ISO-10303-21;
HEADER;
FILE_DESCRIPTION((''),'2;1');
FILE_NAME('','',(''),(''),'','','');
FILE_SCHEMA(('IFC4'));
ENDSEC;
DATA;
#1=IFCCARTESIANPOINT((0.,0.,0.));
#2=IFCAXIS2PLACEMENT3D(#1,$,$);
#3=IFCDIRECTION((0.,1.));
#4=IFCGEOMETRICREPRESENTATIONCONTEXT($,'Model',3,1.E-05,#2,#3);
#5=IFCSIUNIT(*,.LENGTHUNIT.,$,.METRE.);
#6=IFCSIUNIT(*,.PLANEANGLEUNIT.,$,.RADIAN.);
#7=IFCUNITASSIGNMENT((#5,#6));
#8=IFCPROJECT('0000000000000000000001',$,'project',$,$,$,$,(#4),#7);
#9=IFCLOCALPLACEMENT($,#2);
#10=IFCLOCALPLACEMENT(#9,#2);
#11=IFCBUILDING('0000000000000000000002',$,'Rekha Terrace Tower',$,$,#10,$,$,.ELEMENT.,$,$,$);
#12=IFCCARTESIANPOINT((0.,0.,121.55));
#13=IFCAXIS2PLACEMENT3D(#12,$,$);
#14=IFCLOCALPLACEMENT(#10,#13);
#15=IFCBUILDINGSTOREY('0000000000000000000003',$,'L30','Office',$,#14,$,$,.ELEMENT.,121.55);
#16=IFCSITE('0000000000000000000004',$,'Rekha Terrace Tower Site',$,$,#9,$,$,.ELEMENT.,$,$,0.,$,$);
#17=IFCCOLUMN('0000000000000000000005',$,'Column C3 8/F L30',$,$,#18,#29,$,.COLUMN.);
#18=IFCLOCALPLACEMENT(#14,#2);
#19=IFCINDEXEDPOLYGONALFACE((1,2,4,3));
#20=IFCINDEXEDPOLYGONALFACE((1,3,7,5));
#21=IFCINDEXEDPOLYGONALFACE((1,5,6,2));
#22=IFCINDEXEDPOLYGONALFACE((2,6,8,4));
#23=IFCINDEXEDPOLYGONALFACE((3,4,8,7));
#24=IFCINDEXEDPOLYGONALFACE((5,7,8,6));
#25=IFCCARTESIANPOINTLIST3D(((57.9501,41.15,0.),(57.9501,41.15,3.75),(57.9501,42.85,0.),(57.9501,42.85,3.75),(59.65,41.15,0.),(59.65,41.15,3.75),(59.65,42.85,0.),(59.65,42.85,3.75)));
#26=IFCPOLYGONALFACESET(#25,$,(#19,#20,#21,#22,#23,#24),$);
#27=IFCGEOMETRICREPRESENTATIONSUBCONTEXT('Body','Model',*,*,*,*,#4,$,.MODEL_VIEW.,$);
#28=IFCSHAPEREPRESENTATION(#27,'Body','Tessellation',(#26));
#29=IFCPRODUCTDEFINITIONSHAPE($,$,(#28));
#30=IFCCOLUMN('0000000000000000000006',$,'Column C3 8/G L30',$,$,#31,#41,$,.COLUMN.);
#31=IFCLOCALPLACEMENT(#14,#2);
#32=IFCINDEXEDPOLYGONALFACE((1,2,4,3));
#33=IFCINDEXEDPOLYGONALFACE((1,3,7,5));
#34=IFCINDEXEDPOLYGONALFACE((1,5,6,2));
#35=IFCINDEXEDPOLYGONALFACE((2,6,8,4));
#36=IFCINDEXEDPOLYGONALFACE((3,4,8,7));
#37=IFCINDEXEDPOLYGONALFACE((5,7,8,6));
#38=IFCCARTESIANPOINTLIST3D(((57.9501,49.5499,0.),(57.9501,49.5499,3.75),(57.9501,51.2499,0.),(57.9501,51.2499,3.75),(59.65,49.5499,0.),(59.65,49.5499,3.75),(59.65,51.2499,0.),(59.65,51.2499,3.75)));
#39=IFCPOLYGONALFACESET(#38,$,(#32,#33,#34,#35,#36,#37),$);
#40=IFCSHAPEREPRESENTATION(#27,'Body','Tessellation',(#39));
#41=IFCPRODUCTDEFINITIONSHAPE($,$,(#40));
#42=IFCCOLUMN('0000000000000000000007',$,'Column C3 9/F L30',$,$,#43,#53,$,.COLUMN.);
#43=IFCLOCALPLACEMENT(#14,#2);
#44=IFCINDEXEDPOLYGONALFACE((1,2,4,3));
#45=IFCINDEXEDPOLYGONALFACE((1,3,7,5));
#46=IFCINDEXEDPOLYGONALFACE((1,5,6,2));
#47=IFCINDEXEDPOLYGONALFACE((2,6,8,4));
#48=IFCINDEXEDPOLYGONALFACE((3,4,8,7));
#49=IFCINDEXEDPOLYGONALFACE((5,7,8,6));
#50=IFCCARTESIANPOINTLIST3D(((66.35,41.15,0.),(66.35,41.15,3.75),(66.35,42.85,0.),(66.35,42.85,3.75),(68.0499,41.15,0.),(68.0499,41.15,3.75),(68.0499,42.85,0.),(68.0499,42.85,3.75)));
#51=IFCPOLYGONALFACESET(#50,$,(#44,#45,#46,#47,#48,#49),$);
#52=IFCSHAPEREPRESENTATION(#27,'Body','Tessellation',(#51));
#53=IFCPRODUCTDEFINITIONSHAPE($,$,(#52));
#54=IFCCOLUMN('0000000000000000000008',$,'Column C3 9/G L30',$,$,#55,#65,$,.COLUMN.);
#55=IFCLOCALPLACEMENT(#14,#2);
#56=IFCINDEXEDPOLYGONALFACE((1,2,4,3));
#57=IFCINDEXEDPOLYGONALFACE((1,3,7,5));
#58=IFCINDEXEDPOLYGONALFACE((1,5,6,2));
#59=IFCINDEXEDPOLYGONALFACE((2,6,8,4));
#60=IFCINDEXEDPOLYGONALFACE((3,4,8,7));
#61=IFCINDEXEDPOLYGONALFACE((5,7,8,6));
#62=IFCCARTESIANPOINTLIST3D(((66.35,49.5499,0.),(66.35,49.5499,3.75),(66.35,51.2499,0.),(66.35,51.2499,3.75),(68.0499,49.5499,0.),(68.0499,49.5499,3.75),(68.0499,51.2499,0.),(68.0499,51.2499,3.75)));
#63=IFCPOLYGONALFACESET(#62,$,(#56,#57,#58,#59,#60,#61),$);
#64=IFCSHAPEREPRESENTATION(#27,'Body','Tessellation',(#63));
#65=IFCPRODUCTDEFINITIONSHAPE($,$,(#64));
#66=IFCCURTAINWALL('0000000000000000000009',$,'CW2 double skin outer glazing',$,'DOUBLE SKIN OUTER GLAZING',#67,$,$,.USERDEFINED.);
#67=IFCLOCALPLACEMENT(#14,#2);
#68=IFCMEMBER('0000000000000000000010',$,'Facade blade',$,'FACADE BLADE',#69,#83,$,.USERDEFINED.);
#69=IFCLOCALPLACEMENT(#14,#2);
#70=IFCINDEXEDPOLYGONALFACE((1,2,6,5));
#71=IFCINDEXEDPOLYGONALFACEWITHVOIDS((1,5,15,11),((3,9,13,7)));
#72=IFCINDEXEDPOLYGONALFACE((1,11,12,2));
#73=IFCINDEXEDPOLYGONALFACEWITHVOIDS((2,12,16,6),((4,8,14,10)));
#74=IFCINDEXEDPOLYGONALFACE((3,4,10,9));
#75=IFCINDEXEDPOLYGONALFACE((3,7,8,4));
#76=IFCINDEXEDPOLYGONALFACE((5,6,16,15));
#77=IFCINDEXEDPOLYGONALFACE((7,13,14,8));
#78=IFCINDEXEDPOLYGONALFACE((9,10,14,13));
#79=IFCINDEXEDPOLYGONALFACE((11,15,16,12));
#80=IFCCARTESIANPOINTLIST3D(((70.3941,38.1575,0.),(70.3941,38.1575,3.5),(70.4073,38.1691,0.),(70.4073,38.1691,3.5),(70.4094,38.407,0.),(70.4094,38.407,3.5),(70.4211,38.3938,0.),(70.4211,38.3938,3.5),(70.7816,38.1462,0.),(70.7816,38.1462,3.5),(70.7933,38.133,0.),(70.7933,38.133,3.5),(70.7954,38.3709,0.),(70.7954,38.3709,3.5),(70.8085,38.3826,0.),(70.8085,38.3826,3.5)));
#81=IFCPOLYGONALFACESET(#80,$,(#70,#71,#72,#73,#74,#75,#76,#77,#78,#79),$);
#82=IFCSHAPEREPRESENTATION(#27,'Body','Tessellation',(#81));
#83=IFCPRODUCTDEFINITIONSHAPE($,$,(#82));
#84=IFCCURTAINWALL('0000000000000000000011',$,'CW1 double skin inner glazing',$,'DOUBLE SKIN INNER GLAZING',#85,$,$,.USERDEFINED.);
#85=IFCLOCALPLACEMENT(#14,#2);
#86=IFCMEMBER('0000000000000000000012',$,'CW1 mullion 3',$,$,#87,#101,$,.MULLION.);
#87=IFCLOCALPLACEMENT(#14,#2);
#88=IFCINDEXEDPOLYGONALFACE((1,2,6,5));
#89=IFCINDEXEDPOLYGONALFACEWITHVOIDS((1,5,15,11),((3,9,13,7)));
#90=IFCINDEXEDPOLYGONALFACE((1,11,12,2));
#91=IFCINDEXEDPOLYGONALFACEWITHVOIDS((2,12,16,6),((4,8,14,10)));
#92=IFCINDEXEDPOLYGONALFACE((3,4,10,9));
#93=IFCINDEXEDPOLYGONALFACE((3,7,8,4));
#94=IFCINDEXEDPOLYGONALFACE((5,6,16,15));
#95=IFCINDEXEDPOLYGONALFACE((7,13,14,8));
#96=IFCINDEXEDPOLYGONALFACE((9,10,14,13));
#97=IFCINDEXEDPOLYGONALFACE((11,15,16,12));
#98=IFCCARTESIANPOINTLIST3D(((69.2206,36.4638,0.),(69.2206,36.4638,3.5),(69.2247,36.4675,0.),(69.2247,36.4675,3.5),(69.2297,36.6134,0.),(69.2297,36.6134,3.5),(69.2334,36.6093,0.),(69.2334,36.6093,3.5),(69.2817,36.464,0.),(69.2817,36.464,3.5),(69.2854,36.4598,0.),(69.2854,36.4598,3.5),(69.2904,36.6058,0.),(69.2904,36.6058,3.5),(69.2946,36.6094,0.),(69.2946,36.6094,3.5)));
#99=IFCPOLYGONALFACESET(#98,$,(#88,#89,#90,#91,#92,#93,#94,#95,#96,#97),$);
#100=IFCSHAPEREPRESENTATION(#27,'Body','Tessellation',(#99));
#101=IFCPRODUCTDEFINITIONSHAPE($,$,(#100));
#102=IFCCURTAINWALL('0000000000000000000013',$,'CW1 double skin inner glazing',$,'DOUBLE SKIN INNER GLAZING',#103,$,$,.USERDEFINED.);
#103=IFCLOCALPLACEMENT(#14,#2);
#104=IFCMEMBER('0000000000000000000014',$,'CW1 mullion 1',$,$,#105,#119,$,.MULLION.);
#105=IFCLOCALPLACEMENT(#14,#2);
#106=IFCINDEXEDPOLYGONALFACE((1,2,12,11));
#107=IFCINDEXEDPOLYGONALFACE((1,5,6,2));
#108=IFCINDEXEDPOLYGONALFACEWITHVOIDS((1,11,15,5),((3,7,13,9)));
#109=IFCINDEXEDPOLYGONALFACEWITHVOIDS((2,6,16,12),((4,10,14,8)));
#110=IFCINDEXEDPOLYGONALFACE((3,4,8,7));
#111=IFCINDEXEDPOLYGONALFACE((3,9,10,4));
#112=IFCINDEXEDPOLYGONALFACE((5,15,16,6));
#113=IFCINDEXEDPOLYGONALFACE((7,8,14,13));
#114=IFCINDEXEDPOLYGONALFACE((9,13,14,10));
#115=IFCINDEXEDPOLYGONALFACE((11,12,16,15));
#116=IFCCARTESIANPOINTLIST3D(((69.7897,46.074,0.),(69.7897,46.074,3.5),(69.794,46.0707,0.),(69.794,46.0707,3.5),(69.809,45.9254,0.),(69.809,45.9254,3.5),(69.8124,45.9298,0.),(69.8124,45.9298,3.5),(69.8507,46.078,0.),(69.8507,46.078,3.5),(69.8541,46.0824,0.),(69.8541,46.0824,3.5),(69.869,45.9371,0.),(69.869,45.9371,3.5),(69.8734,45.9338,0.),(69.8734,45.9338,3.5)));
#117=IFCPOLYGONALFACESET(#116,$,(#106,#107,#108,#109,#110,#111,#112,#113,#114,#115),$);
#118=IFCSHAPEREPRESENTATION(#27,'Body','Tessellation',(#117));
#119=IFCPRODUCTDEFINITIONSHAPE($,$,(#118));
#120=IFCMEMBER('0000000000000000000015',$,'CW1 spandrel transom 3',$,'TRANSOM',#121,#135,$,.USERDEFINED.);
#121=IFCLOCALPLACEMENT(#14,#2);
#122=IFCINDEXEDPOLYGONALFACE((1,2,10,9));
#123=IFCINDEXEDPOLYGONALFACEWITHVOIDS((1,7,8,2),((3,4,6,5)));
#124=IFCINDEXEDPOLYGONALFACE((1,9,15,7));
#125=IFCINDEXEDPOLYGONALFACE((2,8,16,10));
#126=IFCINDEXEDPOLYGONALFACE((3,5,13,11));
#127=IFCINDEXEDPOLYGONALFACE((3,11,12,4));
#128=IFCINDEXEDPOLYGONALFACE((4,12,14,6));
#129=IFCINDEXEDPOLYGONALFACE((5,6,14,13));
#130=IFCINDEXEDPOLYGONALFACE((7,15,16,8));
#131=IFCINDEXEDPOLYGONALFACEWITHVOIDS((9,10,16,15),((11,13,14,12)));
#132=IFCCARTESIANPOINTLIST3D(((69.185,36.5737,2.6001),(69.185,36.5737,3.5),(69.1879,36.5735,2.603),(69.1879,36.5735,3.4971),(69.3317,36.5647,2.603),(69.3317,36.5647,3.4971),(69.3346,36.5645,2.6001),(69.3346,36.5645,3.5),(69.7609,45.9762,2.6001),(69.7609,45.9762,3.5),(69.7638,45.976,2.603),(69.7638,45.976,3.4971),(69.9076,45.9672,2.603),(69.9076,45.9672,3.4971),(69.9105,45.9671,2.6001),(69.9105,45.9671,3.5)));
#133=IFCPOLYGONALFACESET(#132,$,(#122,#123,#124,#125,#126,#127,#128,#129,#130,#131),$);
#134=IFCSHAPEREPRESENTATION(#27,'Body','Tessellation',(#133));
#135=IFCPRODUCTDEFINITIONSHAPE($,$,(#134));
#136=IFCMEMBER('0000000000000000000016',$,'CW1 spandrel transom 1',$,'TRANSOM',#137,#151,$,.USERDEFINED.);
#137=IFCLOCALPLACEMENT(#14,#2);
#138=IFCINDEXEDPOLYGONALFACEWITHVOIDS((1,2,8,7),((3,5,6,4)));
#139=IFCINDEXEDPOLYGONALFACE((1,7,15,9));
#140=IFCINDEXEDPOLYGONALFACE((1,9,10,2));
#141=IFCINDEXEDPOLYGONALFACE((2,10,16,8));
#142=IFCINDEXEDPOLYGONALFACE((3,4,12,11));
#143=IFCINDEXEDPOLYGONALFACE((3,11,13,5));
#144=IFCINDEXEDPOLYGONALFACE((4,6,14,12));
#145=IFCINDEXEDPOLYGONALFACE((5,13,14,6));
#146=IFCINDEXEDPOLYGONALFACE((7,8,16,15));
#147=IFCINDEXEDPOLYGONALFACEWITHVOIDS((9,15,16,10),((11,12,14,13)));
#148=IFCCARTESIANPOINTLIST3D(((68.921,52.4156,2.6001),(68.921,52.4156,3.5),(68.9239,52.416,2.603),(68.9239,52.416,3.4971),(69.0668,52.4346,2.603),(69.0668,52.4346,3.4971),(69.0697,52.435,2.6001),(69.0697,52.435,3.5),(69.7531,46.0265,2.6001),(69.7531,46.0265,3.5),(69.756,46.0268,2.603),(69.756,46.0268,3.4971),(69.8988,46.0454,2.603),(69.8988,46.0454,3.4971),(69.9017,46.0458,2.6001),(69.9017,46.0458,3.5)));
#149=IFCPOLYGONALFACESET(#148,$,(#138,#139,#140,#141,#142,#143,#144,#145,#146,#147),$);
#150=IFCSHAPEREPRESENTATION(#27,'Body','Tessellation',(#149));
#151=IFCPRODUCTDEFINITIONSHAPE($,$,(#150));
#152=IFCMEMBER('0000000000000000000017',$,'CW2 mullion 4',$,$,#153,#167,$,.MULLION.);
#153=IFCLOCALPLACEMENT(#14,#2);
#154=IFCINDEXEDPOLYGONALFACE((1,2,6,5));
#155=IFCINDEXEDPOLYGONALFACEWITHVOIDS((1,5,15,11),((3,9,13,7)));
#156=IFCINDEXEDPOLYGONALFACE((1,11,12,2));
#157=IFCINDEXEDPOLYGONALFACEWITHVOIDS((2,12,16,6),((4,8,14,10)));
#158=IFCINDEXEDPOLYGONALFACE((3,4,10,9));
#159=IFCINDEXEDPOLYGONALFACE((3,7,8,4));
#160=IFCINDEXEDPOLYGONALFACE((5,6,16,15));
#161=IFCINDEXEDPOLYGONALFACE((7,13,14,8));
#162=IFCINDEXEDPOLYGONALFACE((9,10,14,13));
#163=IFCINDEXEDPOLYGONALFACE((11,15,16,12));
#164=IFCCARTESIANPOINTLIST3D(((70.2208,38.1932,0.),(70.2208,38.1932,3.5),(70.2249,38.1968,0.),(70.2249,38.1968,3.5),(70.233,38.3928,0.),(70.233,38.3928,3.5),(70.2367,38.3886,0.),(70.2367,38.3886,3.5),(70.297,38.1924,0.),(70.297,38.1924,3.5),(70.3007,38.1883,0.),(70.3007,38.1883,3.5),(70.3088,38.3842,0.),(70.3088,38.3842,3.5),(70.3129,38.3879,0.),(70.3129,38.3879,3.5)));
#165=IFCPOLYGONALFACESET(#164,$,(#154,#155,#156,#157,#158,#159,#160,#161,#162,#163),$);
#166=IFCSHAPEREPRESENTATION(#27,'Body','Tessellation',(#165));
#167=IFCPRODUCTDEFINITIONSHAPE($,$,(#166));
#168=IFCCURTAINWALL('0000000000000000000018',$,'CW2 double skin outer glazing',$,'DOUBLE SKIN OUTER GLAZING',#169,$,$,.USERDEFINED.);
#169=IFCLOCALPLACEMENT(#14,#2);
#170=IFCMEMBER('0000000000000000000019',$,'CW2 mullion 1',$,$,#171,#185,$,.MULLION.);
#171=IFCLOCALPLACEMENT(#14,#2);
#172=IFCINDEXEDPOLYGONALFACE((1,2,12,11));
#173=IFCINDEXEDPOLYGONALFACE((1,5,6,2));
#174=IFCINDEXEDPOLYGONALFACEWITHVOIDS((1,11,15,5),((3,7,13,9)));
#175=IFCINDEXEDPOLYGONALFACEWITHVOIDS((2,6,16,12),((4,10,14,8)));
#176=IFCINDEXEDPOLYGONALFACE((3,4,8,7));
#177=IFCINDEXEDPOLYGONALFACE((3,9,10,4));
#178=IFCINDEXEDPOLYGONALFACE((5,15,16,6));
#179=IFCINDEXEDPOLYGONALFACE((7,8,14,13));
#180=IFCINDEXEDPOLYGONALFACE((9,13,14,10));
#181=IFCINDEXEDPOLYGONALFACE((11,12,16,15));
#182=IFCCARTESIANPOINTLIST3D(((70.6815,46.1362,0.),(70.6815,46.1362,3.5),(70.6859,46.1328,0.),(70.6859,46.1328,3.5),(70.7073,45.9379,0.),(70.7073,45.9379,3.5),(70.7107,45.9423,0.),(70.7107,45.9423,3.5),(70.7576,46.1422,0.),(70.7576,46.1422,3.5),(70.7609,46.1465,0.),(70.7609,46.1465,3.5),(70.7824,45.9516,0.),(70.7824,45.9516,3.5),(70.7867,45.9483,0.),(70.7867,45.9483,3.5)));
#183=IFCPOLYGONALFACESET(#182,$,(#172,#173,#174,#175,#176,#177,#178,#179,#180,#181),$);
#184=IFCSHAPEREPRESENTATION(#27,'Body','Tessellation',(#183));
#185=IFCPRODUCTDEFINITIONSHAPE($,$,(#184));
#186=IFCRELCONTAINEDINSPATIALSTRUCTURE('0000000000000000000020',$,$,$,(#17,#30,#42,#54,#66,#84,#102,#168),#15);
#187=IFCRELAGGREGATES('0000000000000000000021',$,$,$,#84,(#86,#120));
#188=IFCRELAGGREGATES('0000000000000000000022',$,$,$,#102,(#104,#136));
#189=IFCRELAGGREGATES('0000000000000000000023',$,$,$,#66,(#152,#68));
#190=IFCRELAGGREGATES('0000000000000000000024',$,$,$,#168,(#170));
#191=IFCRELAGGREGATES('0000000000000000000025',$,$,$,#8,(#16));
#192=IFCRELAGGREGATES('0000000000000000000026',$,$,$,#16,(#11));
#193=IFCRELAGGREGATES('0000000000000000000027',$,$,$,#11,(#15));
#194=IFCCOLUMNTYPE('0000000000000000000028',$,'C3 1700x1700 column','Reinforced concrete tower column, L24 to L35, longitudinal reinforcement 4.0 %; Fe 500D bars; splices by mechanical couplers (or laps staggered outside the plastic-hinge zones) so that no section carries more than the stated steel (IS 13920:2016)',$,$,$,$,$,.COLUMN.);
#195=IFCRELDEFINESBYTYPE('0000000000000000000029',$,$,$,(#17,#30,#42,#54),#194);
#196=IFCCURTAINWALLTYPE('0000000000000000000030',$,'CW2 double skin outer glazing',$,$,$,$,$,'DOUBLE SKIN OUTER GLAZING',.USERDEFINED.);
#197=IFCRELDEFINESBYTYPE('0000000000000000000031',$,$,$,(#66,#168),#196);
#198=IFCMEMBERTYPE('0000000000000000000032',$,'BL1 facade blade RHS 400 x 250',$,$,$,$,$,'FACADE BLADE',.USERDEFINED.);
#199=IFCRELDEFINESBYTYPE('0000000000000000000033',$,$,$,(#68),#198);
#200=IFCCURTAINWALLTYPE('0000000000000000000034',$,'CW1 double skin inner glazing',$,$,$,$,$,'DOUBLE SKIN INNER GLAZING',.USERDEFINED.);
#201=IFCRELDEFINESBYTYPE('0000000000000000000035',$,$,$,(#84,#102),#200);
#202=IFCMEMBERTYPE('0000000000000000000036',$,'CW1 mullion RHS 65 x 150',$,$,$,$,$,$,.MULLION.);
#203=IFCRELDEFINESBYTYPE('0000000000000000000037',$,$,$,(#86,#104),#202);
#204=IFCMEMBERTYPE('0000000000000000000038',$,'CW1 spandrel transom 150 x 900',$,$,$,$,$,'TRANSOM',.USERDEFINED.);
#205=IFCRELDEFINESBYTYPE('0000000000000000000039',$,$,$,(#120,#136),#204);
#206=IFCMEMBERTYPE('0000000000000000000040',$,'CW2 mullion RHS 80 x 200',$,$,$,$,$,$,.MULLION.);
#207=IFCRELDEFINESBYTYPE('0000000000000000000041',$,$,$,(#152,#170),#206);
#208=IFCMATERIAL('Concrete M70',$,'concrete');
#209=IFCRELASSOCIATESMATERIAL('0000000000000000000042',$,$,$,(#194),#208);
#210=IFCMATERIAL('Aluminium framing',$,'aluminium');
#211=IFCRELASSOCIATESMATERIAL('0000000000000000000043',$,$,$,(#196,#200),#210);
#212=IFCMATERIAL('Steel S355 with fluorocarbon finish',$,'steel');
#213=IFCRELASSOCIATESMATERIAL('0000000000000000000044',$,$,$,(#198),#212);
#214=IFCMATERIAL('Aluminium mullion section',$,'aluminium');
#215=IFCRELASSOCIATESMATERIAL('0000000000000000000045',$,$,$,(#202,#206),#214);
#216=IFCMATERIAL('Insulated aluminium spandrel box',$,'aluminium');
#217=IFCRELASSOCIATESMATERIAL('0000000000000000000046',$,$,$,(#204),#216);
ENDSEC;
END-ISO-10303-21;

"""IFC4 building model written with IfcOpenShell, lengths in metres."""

from ifc_helpers import new_model, si_unit, direction, frame, origin, origin_2d, place, context, subcontext, project, spatial, rectangle, hollow_rectangle, extrude, material, material_profile, profile_set, type_object, element, aggregate, save


model = new_model("IFC4")

# Units and contexts
model_context = context("Model", 3, precision=1e-05, world=origin(), true_north=direction((0.0, 1.0)))
body_context = subcontext(model_context, "Body", "Model", "MODEL_VIEW")
ifc_project = project(units=[si_unit("LENGTHUNIT", "METRE"), si_unit("PLANEANGLEUNIT", "RADIAN")], contexts=[model_context])

# Site, building, storey
site_placement = place(None, origin())
site = spatial("IfcSite", under=ifc_project, at=site_placement, Name="Rekha Terrace Tower Site", CompositionType="ELEMENT", RefElevation=0.0)
building_placement = place(site_placement, origin())
building = spatial("IfcBuilding", under=site, at=building_placement, Name="Rekha Terrace Tower", CompositionType="ELEMENT")
storey_placement = place(building_placement, frame((0.0, 0.0, 121.55)))
storey = spatial("IfcBuildingStorey", under=building, at=storey_placement, Name="L30", Description="Office", CompositionType="ELEMENT", Elevation=121.55)

# Columns
ifc_material_1 = material(Name="Concrete M70", Category="concrete")
ifc_material_profile_1 = material_profile(ifc_material_1, rectangle(XDim=1.7, YDim=1.7, at=origin_2d()), Name="RC 1700x1700")
ifc_profile_set_1 = profile_set([ifc_material_profile_1], Name="Concrete M70")
column_type = type_object("IfcColumnType", Name="C3 1700x1700 column", Description="Reinforced concrete tower column, L24 to L35, longitudinal reinforcement 4.0 %; Fe 500D bars; splices by mechanical couplers (or laps staggered outside the plastic-hinge zones) so that no section carries more than the stated steel (IS 13920:2016)", PredefinedType="COLUMN", material=ifc_profile_set_1)
for number, where, z_axis, x_axis, name in (
    (1, (58.8, 42.0, 0.0), (0.0, 0.0, 1.0), (1.0, 0.0, 0.0), "Column C3 8/F L30"),
    (2, (58.8, 50.3999, 0.0), (0.0, 0.0, 1.0), (1.0, 0.0, 0.0), "Column C3 8/G L30"),
    (3, (67.2, 42.0, 0.0), (0.0, 0.0, 1.0), (1.0, 0.0, 0.0), "Column C3 9/F L30"),
    (4, (67.2, 50.3999, 0.0), (0.0, 0.0, 1.0), (1.0, 0.0, 0.0), "Column C3 9/G L30"),
):
    element("IfcColumn", number, at=place(storey_placement, frame(where, z_axis=z_axis, x_axis=x_axis)), inside=storey, type_object=column_type, Name=name, PredefinedType="COLUMN", context=body_context, shape_type="SweptSolid", body=[
        extrude(rectangle(XDim=1.7, YDim=1.7, at=origin_2d()), origin(), (0.0, 0.0, 1.0), 3.75),
    ])

# Curtain walls, members
ifc_material_2 = material(Name="Aluminium framing", Category="aluminium")
curtain_wall_type_1 = type_object("IfcCurtainWallType", Name="CW2 double skin outer glazing", ElementType="DOUBLE SKIN OUTER GLAZING", PredefinedType="USERDEFINED", material=ifc_material_2)
curtain_wall_1_placement = place(storey_placement, origin())
curtain_wall_1 = element("IfcCurtainWall", 5, at=curtain_wall_1_placement, inside=storey, type_object=curtain_wall_type_1, Name="CW2 double skin outer glazing", ObjectType="DOUBLE SKIN OUTER GLAZING", PredefinedType="USERDEFINED")
ifc_material_3 = material(Name="Steel S355 with fluorocarbon finish", Category="steel")
ifc_material_profile_2 = material_profile(ifc_material_3, hollow_rectangle(XDim=0.25, YDim=0.3999, WallThickness=0.0125, at=origin_2d()), Name="RHS400x250x12.5")
ifc_profile_set_2 = profile_set([ifc_material_profile_2], Name="Steel S355 with fluorocarbon finish")
member_type_1 = type_object("IfcMemberType", Name="BL1 facade blade RHS 400 x 250", ElementType="FACADE BLADE", PredefinedType="USERDEFINED", material=ifc_profile_set_2)
member_1_placement = place(storey_placement, frame((70.6013, 38.27, 0.0), z_axis=(0.0, 0.0, 1.0), x_axis=(0.06116, 0.998128, 0.0)))
member_1 = element("IfcMember", 6, at=member_1_placement, type_object=member_type_1, Name="Facade blade", ObjectType="FACADE BLADE", PredefinedType="USERDEFINED", context=body_context, shape_type="SweptSolid", body=[
    extrude(hollow_rectangle(XDim=0.25, YDim=0.3999, WallThickness=0.0125, at=origin_2d()), origin(), (0.0, 0.0, 1.0), 3.5),
])
curtain_wall_type_2 = type_object("IfcCurtainWallType", Name="CW1 double skin inner glazing", ElementType="DOUBLE SKIN INNER GLAZING", PredefinedType="USERDEFINED", material=ifc_material_2)
curtain_wall_2_placement = place(storey_placement, origin())
curtain_wall_2 = element("IfcCurtainWall", 7, at=curtain_wall_2_placement, inside=storey, type_object=curtain_wall_type_2, Name="CW1 double skin inner glazing", ObjectType="DOUBLE SKIN INNER GLAZING", PredefinedType="USERDEFINED")
ifc_material_4 = material(Name="Aluminium mullion section", Category="aluminium")
ifc_material_profile_3 = material_profile(ifc_material_4, hollow_rectangle(XDim=0.0649, YDim=0.1499, WallThickness=0.0039, at=origin_2d()), Name="AL RHS 65x150")
ifc_profile_set_3 = profile_set([ifc_material_profile_3], Name="Aluminium mullion section")
member_type_2 = type_object("IfcMemberType", Name="CW1 mullion RHS 65 x 150", PredefinedType="MULLION", material=ifc_profile_set_3)
member_2_placement = place(storey_placement, frame((69.2576, 36.5366, 0.0), z_axis=(0.0, 0.0, 1.0), x_axis=(-0.998128, 0.06116, 0.0)))
member_2 = element("IfcMember", 8, at=member_2_placement, type_object=member_type_2, Name="CW1 mullion 3", PredefinedType="MULLION", context=body_context, shape_type="SweptSolid", body=[
    extrude(hollow_rectangle(XDim=0.0649, YDim=0.1499, WallThickness=0.0039, at=origin_2d()), origin(), (0.0, 0.0, 1.0), 3.5),
])
curtain_wall_3_placement = place(storey_placement, origin())
curtain_wall_3 = element("IfcCurtainWall", 9, at=curtain_wall_3_placement, inside=storey, type_object=curtain_wall_type_2, Name="CW1 double skin inner glazing", ObjectType="DOUBLE SKIN INNER GLAZING", PredefinedType="USERDEFINED")
member_3_placement = place(storey_placement, frame((69.8315, 46.0039, 0.0), z_axis=(0.0, 0.0, 1.0), x_axis=(-0.991629, -0.129118, 0.0)))
member_3 = element("IfcMember", 10, at=member_3_placement, type_object=member_type_2, Name="CW1 mullion 1", PredefinedType="MULLION", context=body_context, shape_type="SweptSolid", body=[
    extrude(hollow_rectangle(XDim=0.0649, YDim=0.1499, WallThickness=0.0039, at=origin_2d()), origin(), (0.0, 0.0, 1.0), 3.5),
])

# Members
ifc_material_5 = material(Name="Insulated aluminium spandrel box", Category="aluminium")
ifc_material_profile_4 = material_profile(ifc_material_5, hollow_rectangle(XDim=0.1499, YDim=0.8999, WallThickness=0.0029, at=origin_2d()), Name="AL SPANDREL BOX 150x900")
ifc_profile_set_4 = profile_set([ifc_material_profile_4], Name="Insulated aluminium spandrel box")
member_type_3 = type_object("IfcMemberType", Name="CW1 spandrel transom 150 x 900", ElementType="TRANSOM", PredefinedType="USERDEFINED", material=ifc_profile_set_4)
member_4_placement = place(storey_placement, frame((69.2598, 36.5691, 3.05), z_axis=(0.061137, 0.998129, 0.0), x_axis=(-0.998129, 0.061137, 0.0)))
member_4 = element("IfcMember", 11, at=member_4_placement, type_object=member_type_3, Name="CW1 spandrel transom 3", ObjectType="TRANSOM", PredefinedType="USERDEFINED", context=body_context, shape_type="SweptSolid", body=[
    extrude(hollow_rectangle(XDim=0.1499, YDim=0.8999, WallThickness=0.0029, at=origin_2d()), origin(), (0.0, 0.0, 1.0), 9.4202),
])
member_5_placement = place(storey_placement, frame((69.8274, 46.0361, 3.05), z_axis=(-0.129135, 0.991627, 0.0), x_axis=(-0.991627, -0.129135, 0.0)))
member_5 = element("IfcMember", 12, at=member_5_placement, type_object=member_type_3, Name="CW1 spandrel transom 1", ObjectType="TRANSOM", PredefinedType="USERDEFINED", context=body_context, shape_type="SweptSolid", body=[
    extrude(hollow_rectangle(XDim=0.1499, YDim=0.8999, WallThickness=0.0029, at=origin_2d()), origin(), (0.0, 0.0, 1.0), 6.4431),
])
ifc_material_profile_5 = material_profile(ifc_material_4, hollow_rectangle(XDim=0.0801, YDim=0.2, WallThickness=0.0039, at=origin_2d()), Name="AL RHS 80x200")
ifc_profile_set_5 = profile_set([ifc_material_profile_5], Name="Aluminium mullion section")
member_type_4 = type_object("IfcMemberType", Name="CW2 mullion RHS 80 x 200", PredefinedType="MULLION", material=ifc_profile_set_5)
member_6_placement = place(storey_placement, frame((70.2668, 38.2905, 0.0), z_axis=(0.0, 0.0, 1.0), x_axis=(-0.998128, 0.06116, 0.0)))
member_6 = element("IfcMember", 13, at=member_6_placement, type_object=member_type_4, Name="CW2 mullion 4", PredefinedType="MULLION", context=body_context, shape_type="SweptSolid", body=[
    extrude(hollow_rectangle(XDim=0.0801, YDim=0.2, WallThickness=0.0039, at=origin_2d()), origin(), (0.0, 0.0, 1.0), 3.5),
])

# Curtain wall, member
curtain_wall_4_placement = place(storey_placement, origin())
curtain_wall_4 = element("IfcCurtainWall", 14, at=curtain_wall_4_placement, inside=storey, type_object=curtain_wall_type_1, Name="CW2 double skin outer glazing", ObjectType="DOUBLE SKIN OUTER GLAZING", PredefinedType="USERDEFINED")
member_7_placement = place(storey_placement, frame((70.7341, 46.0422, 0.0), z_axis=(0.0, 0.0, 1.0), x_axis=(-0.991629, -0.129118, 0.0)))
member_7 = element("IfcMember", 15, at=member_7_placement, type_object=member_type_4, Name="CW2 mullion 1", PredefinedType="MULLION", context=body_context, shape_type="SweptSolid", body=[
    extrude(hollow_rectangle(XDim=0.0801, YDim=0.2, WallThickness=0.0039, at=origin_2d()), origin(), (0.0, 0.0, 1.0), 3.5),
])

aggregate(curtain_wall_2, [member_2, member_4])
aggregate(curtain_wall_3, [member_3, member_5])
aggregate(curtain_wall_1, [member_6, member_1])
aggregate(curtain_wall_4, [member_7])

save(model, "model.ifc")
